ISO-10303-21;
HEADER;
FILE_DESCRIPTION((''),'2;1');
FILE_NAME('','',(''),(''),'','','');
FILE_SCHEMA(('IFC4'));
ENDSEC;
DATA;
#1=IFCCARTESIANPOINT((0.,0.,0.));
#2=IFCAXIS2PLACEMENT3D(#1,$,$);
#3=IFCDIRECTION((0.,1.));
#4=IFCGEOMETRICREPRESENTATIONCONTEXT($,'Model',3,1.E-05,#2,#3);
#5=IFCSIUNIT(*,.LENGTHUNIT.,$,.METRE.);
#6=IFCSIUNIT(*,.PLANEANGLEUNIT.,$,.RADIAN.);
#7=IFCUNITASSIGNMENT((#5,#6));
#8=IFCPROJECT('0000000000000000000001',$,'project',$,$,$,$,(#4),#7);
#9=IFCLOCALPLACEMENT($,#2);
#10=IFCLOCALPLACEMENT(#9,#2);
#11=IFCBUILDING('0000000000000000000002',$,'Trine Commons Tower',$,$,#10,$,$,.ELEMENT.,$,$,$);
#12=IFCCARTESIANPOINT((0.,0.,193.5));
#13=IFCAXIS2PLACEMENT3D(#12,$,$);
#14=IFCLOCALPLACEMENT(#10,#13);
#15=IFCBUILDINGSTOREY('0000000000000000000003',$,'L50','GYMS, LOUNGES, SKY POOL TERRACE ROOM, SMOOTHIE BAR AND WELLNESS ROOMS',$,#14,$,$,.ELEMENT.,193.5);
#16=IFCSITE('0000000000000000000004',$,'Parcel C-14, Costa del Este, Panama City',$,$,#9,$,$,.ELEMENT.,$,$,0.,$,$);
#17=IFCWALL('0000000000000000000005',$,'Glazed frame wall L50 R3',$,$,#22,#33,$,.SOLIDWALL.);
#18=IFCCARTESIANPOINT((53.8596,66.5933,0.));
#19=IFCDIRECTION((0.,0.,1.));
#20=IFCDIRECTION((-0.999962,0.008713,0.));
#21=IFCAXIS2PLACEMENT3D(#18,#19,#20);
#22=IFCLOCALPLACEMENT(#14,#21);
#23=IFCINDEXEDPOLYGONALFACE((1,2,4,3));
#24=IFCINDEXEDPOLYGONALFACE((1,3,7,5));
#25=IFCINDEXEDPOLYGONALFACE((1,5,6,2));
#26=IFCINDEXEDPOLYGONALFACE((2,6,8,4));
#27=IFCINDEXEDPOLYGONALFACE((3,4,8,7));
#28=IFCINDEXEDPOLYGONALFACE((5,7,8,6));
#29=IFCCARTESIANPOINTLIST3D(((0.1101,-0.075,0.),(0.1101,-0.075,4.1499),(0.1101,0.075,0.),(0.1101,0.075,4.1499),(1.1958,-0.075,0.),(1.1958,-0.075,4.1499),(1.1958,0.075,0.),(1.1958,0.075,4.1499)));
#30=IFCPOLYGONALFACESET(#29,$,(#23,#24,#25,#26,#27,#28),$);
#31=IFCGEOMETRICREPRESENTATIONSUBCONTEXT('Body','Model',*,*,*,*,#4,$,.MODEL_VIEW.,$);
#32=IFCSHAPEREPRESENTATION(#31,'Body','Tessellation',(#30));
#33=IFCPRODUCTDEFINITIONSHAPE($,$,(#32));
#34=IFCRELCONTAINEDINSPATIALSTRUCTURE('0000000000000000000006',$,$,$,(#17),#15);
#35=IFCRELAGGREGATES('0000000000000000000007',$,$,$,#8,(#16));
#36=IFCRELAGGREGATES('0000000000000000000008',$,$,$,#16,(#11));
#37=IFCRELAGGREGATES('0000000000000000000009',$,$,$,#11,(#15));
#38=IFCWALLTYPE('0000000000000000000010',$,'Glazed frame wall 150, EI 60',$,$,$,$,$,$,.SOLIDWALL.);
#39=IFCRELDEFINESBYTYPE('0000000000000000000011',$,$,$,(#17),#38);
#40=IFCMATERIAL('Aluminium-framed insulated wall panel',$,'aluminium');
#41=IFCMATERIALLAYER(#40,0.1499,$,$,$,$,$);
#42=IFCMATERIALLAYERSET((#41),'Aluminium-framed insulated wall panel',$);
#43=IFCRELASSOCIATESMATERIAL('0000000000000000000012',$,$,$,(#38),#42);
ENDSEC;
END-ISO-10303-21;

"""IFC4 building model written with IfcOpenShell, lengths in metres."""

from ifc_helpers import new_model, si_unit, direction, frame, origin, place, context, subcontext, project, spatial, polyline, outline, extrude, material, layer, layer_set, type_object, element, save


model = new_model("IFC4")

# Units and contexts
model_context = context("Model", 3, precision=1e-05, world=origin(), true_north=direction((0.0, 1.0)))
body_context = subcontext(model_context, "Body", "Model", "MODEL_VIEW")
ifc_project = project(units=[si_unit("LENGTHUNIT", "METRE"), si_unit("PLANEANGLEUNIT", "RADIAN")], contexts=[model_context])

# Site, building, storey
site_placement = place(None, origin())
site = spatial("IfcSite", under=ifc_project, at=site_placement, Name="Parcel C-14, Costa del Este, Panama City", CompositionType="ELEMENT", RefElevation=0.0)
building_placement = place(site_placement, origin())
building = spatial("IfcBuilding", under=site, at=building_placement, Name="Trine Commons Tower", CompositionType="ELEMENT")
storey_placement = place(building_placement, frame((0.0, 0.0, 193.5)))
storey = spatial("IfcBuildingStorey", under=building, at=storey_placement, Name="L50", Description="GYMS, LOUNGES, SKY POOL TERRACE ROOM, SMOOTHIE BAR AND WELLNESS ROOMS", CompositionType="ELEMENT", Elevation=193.5)

# Wall
ifc_material_1 = material(Name="Aluminium-framed insulated wall panel", Category="aluminium")
ifc_layer_1 = layer(ifc_material_1, 0.1499)
ifc_layer_set_1 = layer_set([ifc_layer_1], Name="Aluminium-framed insulated wall panel")
wall_type_1 = type_object("IfcWallType", Name="Glazed frame wall 150, EI 60", PredefinedType="SOLIDWALL", material=ifc_layer_set_1)
wall_1_placement = place(storey_placement, frame((53.8596, 66.5933, 0.0), z_axis=(0.0, 0.0, 1.0), x_axis=(-0.999962, 0.008713, 0.0)))
element("IfcWall", 1, at=wall_1_placement, inside=storey, type_object=wall_type_1, Name="Glazed frame wall L50 R3", PredefinedType="SOLIDWALL", context=body_context, shape_type="SweptSolid", body=[
    extrude(outline(polyline([(0.1101, 0.075), (0.1101, -0.075), (1.1958, -0.075), (1.1958, 0.075), (0.1101, 0.075)])), origin(), (0.0, 0.0, 1.0), 4.1499),
])

save(model, "model.ifc")
